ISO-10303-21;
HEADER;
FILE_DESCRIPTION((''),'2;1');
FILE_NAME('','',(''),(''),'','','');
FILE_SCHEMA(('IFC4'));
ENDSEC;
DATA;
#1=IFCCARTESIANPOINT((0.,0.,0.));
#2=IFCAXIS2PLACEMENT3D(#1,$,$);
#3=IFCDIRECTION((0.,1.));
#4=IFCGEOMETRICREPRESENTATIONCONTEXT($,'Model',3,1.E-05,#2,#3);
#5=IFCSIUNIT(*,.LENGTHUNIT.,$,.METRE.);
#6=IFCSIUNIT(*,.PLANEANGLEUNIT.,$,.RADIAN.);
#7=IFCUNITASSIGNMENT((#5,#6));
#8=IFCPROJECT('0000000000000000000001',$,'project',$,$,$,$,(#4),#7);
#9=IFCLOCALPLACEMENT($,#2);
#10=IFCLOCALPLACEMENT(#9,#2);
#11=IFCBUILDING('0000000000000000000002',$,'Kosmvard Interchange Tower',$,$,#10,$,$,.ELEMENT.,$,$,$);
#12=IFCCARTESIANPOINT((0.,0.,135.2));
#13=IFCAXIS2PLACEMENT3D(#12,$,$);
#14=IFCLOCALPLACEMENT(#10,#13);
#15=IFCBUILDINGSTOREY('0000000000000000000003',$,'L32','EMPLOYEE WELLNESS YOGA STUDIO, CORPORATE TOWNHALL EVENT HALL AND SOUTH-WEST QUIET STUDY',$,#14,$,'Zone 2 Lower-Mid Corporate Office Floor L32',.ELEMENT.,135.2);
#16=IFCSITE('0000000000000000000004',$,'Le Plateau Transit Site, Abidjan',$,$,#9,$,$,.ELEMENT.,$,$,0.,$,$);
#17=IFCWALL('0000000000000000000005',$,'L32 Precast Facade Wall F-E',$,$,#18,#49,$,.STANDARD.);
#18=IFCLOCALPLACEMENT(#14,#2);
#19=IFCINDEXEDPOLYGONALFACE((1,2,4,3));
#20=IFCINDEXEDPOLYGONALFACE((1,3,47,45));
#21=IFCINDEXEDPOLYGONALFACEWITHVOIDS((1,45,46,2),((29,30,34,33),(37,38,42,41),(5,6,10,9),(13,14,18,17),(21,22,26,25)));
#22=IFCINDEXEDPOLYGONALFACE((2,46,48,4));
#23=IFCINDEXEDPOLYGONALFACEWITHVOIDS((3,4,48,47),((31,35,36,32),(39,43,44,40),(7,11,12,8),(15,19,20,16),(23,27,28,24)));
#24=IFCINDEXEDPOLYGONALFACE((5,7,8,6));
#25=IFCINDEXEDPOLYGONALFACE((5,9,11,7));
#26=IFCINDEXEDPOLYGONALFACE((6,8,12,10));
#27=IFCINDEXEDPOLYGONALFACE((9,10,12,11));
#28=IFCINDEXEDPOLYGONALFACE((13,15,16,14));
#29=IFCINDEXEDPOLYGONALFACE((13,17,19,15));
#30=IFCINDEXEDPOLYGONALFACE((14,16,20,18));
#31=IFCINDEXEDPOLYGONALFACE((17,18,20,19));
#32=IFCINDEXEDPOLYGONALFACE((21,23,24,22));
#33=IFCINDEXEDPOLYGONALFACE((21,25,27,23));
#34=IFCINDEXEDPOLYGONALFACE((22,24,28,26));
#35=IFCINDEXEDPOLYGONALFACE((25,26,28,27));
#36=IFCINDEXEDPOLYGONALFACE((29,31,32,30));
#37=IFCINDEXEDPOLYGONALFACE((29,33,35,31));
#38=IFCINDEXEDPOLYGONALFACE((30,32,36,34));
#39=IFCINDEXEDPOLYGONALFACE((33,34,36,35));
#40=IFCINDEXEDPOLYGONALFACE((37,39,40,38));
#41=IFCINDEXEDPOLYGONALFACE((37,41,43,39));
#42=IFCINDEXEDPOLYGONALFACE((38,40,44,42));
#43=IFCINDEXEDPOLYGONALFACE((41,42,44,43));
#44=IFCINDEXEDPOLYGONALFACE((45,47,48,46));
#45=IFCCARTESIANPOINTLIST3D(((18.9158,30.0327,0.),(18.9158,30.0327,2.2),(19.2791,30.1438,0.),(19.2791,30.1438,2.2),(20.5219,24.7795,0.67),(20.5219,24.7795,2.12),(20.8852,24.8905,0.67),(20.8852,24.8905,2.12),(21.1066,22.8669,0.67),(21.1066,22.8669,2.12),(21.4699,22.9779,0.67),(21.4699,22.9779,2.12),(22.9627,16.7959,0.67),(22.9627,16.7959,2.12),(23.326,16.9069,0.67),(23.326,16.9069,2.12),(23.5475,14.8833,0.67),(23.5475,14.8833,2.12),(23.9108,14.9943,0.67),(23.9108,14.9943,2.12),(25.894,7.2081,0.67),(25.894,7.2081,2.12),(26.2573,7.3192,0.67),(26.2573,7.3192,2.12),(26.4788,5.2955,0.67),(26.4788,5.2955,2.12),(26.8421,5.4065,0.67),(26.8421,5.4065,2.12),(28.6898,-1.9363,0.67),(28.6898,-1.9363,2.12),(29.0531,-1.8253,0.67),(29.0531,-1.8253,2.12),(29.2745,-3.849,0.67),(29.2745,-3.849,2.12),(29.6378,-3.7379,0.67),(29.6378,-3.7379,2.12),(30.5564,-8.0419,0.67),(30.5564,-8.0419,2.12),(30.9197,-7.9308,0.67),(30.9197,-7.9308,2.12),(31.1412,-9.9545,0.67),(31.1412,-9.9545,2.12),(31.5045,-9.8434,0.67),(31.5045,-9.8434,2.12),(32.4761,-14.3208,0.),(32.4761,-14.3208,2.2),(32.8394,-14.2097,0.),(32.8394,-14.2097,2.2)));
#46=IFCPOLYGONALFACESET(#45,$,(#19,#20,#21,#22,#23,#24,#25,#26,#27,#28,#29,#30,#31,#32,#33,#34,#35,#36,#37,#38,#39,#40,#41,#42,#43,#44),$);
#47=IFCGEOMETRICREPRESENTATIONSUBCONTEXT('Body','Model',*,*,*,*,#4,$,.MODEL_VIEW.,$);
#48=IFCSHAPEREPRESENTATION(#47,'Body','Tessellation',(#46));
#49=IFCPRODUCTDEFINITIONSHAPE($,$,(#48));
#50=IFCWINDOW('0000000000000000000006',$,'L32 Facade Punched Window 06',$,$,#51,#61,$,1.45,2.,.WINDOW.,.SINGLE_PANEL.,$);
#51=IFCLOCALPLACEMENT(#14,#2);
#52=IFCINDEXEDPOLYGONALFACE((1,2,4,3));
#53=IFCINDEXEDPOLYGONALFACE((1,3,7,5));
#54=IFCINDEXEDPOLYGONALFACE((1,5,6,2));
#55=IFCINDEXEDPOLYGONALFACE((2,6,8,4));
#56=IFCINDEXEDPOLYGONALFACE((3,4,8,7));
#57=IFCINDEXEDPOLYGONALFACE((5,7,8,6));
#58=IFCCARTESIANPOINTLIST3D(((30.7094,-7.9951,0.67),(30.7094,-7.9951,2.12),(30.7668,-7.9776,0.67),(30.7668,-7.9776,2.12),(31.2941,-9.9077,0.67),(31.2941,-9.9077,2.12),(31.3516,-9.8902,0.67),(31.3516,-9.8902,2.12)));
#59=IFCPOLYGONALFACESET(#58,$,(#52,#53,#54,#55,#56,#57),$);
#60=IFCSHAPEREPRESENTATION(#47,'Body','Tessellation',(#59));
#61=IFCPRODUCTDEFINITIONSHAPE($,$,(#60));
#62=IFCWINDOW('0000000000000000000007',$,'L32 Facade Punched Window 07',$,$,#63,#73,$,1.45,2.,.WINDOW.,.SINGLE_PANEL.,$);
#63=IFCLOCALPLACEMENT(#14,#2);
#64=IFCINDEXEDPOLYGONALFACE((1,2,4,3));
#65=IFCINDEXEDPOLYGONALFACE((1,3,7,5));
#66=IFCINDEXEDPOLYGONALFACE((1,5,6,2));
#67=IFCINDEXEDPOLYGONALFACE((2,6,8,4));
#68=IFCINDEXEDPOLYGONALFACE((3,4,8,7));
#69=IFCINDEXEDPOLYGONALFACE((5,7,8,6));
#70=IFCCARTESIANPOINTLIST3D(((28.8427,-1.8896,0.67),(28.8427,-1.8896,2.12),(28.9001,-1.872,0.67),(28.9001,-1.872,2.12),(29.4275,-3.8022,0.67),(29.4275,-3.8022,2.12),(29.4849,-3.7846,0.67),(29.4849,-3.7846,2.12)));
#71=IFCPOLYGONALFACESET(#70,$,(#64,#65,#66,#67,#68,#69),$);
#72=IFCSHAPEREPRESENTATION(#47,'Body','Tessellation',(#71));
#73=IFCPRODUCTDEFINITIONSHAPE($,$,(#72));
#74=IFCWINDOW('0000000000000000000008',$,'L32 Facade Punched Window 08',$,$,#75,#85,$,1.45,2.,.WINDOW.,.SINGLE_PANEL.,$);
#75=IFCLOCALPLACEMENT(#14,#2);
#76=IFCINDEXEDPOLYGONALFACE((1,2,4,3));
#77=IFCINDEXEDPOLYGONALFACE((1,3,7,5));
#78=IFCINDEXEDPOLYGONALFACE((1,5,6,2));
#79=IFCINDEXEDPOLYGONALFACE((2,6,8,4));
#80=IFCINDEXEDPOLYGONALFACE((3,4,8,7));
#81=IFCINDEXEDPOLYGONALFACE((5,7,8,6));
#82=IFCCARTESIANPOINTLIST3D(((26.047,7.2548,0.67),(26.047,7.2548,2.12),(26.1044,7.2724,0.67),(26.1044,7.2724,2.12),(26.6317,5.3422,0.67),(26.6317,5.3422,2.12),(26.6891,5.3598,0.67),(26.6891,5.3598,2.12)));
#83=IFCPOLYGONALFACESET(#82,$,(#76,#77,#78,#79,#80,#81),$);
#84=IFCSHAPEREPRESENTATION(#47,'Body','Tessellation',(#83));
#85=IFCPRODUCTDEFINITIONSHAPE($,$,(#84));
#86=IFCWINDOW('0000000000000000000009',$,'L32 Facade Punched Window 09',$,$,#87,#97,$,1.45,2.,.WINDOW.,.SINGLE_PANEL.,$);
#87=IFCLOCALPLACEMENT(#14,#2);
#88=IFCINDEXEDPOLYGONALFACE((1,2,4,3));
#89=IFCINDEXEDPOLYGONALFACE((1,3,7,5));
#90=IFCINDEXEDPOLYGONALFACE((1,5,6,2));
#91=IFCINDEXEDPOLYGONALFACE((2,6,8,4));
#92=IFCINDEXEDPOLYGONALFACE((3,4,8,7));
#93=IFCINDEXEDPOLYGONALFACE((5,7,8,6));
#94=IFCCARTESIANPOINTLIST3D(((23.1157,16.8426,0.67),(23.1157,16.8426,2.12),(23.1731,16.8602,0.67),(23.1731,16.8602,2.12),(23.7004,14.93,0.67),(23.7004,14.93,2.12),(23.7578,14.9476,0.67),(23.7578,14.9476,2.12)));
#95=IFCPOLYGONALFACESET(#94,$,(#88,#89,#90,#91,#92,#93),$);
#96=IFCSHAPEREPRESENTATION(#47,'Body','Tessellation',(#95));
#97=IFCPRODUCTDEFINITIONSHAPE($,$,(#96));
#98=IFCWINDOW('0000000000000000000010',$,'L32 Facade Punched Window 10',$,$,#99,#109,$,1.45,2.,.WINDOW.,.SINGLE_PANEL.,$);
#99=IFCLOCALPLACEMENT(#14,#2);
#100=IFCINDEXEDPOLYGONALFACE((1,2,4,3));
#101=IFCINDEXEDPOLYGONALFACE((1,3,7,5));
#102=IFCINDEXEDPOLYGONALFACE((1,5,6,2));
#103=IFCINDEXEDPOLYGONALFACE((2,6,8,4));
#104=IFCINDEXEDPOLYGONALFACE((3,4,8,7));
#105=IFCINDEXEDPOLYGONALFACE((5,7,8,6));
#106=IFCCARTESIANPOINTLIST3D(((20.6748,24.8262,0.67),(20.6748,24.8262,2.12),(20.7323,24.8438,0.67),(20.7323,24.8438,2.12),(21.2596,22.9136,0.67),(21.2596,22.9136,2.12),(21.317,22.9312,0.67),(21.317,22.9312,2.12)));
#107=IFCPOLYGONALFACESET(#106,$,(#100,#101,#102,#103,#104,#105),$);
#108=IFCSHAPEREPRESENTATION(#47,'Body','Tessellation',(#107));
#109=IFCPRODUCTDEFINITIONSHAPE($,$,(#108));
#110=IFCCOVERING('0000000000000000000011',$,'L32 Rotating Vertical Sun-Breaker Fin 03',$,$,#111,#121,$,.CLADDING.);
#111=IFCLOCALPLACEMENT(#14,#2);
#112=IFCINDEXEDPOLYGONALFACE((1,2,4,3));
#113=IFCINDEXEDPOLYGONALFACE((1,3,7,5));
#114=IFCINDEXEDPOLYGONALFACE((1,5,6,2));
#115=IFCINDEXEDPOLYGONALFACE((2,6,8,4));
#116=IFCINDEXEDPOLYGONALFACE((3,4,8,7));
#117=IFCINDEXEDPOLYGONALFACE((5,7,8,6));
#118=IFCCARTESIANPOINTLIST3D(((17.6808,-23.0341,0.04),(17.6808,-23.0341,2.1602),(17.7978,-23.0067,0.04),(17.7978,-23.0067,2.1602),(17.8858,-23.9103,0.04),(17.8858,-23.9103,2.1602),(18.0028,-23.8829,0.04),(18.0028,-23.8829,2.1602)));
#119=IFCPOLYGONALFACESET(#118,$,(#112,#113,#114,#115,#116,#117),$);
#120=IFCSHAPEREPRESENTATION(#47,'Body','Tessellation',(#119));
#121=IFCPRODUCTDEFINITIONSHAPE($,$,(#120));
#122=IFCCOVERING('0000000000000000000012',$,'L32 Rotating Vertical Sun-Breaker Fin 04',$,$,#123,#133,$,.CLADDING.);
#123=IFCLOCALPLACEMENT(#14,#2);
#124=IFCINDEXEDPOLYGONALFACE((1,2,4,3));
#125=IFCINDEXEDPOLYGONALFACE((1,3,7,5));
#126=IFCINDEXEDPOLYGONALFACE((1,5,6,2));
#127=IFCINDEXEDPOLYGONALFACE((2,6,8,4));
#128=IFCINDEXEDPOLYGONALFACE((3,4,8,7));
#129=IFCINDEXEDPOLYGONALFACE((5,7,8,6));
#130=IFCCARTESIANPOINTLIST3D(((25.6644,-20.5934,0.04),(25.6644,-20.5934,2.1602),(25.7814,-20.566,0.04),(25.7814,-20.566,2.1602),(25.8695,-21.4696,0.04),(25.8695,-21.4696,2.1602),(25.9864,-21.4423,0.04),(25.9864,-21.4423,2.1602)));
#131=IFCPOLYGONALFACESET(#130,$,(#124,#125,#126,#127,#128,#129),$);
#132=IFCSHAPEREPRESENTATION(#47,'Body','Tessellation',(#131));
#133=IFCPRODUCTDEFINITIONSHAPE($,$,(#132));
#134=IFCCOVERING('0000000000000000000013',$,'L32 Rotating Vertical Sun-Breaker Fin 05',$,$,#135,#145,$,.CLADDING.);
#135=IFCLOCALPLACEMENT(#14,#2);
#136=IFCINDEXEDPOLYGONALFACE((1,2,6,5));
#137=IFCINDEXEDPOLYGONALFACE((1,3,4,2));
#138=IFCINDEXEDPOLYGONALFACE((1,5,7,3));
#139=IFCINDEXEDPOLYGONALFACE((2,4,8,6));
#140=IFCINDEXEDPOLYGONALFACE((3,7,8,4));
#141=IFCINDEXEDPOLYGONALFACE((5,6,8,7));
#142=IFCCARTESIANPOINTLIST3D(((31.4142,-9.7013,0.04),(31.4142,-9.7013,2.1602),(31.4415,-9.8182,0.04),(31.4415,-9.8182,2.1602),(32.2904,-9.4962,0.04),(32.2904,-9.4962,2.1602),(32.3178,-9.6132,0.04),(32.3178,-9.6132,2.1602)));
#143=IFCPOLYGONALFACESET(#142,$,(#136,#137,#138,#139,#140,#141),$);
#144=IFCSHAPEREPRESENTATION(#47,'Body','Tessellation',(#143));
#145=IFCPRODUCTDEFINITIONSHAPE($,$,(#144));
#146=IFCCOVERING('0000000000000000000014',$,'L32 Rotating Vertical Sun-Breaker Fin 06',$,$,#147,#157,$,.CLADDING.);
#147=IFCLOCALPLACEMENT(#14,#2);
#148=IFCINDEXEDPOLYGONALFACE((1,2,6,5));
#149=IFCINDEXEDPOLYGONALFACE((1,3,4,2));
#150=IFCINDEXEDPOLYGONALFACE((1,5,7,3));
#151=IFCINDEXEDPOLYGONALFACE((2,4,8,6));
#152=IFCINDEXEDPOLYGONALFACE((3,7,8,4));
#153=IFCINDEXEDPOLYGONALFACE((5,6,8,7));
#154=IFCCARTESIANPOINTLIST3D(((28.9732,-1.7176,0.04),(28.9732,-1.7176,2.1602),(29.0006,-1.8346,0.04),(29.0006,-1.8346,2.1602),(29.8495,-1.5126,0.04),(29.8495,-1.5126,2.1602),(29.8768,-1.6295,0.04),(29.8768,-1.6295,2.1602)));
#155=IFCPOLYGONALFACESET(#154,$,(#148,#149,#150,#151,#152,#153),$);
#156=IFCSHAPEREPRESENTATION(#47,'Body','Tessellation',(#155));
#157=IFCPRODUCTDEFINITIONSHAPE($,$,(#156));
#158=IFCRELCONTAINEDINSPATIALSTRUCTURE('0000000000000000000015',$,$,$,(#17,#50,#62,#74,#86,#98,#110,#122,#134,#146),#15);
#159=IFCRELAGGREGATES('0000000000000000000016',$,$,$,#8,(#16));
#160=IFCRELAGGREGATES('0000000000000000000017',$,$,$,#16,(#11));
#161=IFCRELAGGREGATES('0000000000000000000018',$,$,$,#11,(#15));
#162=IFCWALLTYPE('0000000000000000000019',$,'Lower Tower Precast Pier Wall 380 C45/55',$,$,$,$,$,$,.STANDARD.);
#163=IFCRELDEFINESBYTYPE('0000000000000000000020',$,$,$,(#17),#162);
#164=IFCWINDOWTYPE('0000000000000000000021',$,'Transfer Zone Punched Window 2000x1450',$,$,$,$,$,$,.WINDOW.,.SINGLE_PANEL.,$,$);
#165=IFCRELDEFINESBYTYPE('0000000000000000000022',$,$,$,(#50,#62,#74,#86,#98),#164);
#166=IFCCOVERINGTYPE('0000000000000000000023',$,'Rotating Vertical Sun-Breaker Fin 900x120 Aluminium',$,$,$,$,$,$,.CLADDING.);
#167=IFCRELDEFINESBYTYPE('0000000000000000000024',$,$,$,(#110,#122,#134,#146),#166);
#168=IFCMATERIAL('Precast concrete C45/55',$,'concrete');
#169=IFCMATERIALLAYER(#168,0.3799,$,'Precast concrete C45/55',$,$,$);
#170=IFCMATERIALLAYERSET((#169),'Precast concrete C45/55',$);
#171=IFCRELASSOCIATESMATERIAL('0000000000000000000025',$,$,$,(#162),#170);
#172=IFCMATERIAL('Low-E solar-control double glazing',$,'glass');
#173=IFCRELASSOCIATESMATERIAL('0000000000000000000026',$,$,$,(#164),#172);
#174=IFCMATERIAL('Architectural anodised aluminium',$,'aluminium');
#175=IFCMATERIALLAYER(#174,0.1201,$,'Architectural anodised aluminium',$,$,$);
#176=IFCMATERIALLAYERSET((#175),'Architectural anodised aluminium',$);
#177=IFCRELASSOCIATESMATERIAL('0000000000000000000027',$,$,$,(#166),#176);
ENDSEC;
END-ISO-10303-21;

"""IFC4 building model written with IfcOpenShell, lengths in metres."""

from ifc_helpers import new_model, si_unit, direction, frame, frame_2d, origin, origin_2d, place, context, subcontext, project, spatial, rectangle, extrude, source, transform, mapped, material, layer, layer_set, type_object, element, fill, save


model = new_model("IFC4")

# Units and contexts
model_context = context("Model", 3, precision=1e-05, world=origin(), true_north=direction((0.0, 1.0)))
body_context = subcontext(model_context, "Body", "Model", "MODEL_VIEW")
ifc_project = project(units=[si_unit("LENGTHUNIT", "METRE"), si_unit("PLANEANGLEUNIT", "RADIAN")], contexts=[model_context])

# Site, building, storey
site_placement = place(None, origin())
site = spatial("IfcSite", under=ifc_project, at=site_placement, Name="Le Plateau Transit Site, Abidjan", CompositionType="ELEMENT", RefElevation=0.0)
building_placement = place(site_placement, origin())
building = spatial("IfcBuilding", under=site, at=building_placement, Name="Kosmvard Interchange Tower", CompositionType="ELEMENT")
storey_placement = place(building_placement, frame((0.0, 0.0, 135.2)))
storey = spatial("IfcBuildingStorey", under=building, at=storey_placement, Name="L32", Description="EMPLOYEE WELLNESS YOGA STUDIO, CORPORATE TOWNHALL EVENT HALL AND SOUTH-WEST QUIET STUDY", LongName="Zone 2 Lower-Mid Corporate Office Floor L32", CompositionType="ELEMENT", Elevation=135.2)

# Shared definitions
ifc_material_1 = material(Name="Precast concrete C45/55", Category="concrete")

# Shared definitions
ifc_layer_1 = layer(ifc_material_1, 0.3799, Name="Precast concrete C45/55")
ifc_layer_set_1 = layer_set([ifc_layer_1], Name="Precast concrete C45/55")
wall_type_1 = type_object("IfcWallType", Name="Lower Tower Precast Pier Wall 380 C45/55", PredefinedType="STANDARD", material=ifc_layer_set_1)

# Wall, openings, windows
wall_1_placement = place(storey_placement, frame((32.6577, -14.2651, 0.0), z_axis=(0.0, 0.0, 1.0), x_axis=(-0.292373, 0.956304, 0.0)))
wall_1 = element("IfcWall", 1, at=wall_1_placement, inside=storey, type_object=wall_type_1, Name="L32 Precast Facade Wall F-E", PredefinedType="STANDARD", context=body_context, shape_type="SweptSolid", body=[
    extrude(rectangle(XDim=46.3801, YDim=0.3799, at=frame_2d((23.1899, 0.0))), origin(), (0.0, 0.0, 1.0), 2.2),
])
opening_1_placement = place(wall_1_placement, frame((4.5657, 0.0, 0.6699)))
opening_1 = element("IfcOpeningElement", 2, at=opening_1_placement, cuts=wall_1, PredefinedType="OPENING", context=body_context, shape_type="SweptSolid", body=[
    extrude(rectangle(XDim=2.0, YDim=1.45, at=frame_2d((1.0, 0.7251))), frame((0.0, 0.2, 0.0), z_axis=(0.0, -1.0, 0.0), x_axis=(1.0, 0.0, 0.0)), (0.0, 0.0, 1.0), 0.3999),
])
opening_2_placement = place(wall_1_placement, frame((10.9502, 0.0, 0.6699)))
opening_2 = element("IfcOpeningElement", 3, at=opening_2_placement, cuts=wall_1, PredefinedType="OPENING", context=body_context, shape_type="SweptSolid", body=[
    extrude(rectangle(XDim=2.0, YDim=1.45, at=frame_2d((1.0, 0.7251))), frame((0.0, 0.2, 0.0), z_axis=(0.0, -1.0, 0.0), x_axis=(1.0, 0.0, 0.0)), (0.0, 0.0, 1.0), 0.3999),
])
opening_3_placement = place(wall_1_placement, frame((20.5125, 0.0, 0.6699)))
opening_3 = element("IfcOpeningElement", 4, at=opening_3_placement, cuts=wall_1, PredefinedType="OPENING", context=body_context, shape_type="SweptSolid", body=[
    extrude(rectangle(XDim=2.0, YDim=1.45, at=frame_2d((1.0, 0.7251))), frame((0.0, 0.2, 0.0), z_axis=(0.0, -1.0, 0.0), x_axis=(1.0, 0.0, 0.0)), (0.0, 0.0, 1.0), 0.3999),
])
opening_4_placement = place(wall_1_placement, frame((30.5383, 0.0, 0.6699)))
opening_4 = element("IfcOpeningElement", 5, at=opening_4_placement, cuts=wall_1, PredefinedType="OPENING", context=body_context, shape_type="SweptSolid", body=[
    extrude(rectangle(XDim=2.0, YDim=1.45, at=frame_2d((1.0, 0.7251))), frame((0.0, 0.2, 0.0), z_axis=(0.0, -1.0, 0.0), x_axis=(1.0, 0.0, 0.0)), (0.0, 0.0, 1.0), 0.3999),
])
opening_5_placement = place(wall_1_placement, frame((38.8867, 0.0, 0.6699)))
opening_5 = element("IfcOpeningElement", 6, at=opening_5_placement, cuts=wall_1, PredefinedType="OPENING", context=body_context, shape_type="SweptSolid", body=[
    extrude(rectangle(XDim=2.0, YDim=1.45, at=frame_2d((1.0, 0.7251))), frame((0.0, 0.2, 0.0), z_axis=(0.0, -1.0, 0.0), x_axis=(1.0, 0.0, 0.0)), (0.0, 0.0, 1.0), 0.3999),
])
ifc_material_2 = material(Name="Low-E solar-control double glazing", Category="glass")
window_type = type_object("IfcWindowType", Name="Transfer Zone Punched Window 2000x1450", PartitioningType="SINGLE_PANEL", PredefinedType="WINDOW", material=ifc_material_2)
shared_shape_1 = source(origin(), body_context, "Body", "SweptSolid", [
    extrude(rectangle(XDim=2.0, YDim=1.45, at=frame_2d((1.0, 0.7251))), frame((0.0, 0.03, 0.0), z_axis=(0.0, -1.0, 0.0), x_axis=(1.0, 0.0, 0.0)), (0.0, 0.0, 1.0), 0.0601),
])
window_1_placement = place(opening_1_placement, origin())
window_1 = element("IfcWindow", 7, at=window_1_placement, inside=storey, type_object=window_type, Name="L32 Facade Punched Window 06", OverallHeight=1.45, OverallWidth=2.0, PartitioningType="SINGLE_PANEL", PredefinedType="WINDOW", context=body_context, shape_type="MappedRepresentation", body=[
    mapped(shared_shape_1, transform((0.0, 0.0, 0.0), scale=1.0)),
])
fill(opening_1, window_1)
window_2_placement = place(opening_2_placement, origin())
window_2 = element("IfcWindow", 8, at=window_2_placement, inside=storey, type_object=window_type, Name="L32 Facade Punched Window 07", OverallHeight=1.45, OverallWidth=2.0, PartitioningType="SINGLE_PANEL", PredefinedType="WINDOW", context=body_context, shape_type="MappedRepresentation", body=[
    mapped(shared_shape_1, transform((0.0, 0.0, 0.0), scale=1.0)),
])
fill(opening_2, window_2)
window_3_placement = place(opening_3_placement, origin())
window_3 = element("IfcWindow", 9, at=window_3_placement, inside=storey, type_object=window_type, Name="L32 Facade Punched Window 08", OverallHeight=1.45, OverallWidth=2.0, PartitioningType="SINGLE_PANEL", PredefinedType="WINDOW", context=body_context, shape_type="MappedRepresentation", body=[
    mapped(shared_shape_1, transform((0.0, 0.0, 0.0), scale=1.0)),
])
fill(opening_3, window_3)
window_4_placement = place(opening_4_placement, origin())
window_4 = element("IfcWindow", 10, at=window_4_placement, inside=storey, type_object=window_type, Name="L32 Facade Punched Window 09", OverallHeight=1.45, OverallWidth=2.0, PartitioningType="SINGLE_PANEL", PredefinedType="WINDOW", context=body_context, shape_type="MappedRepresentation", body=[
    mapped(shared_shape_1, transform((0.0, 0.0, 0.0), scale=1.0)),
])
fill(opening_4, window_4)
window_5_placement = place(opening_5_placement, origin())
window_5 = element("IfcWindow", 11, at=window_5_placement, inside=storey, type_object=window_type, Name="L32 Facade Punched Window 10", OverallHeight=1.45, OverallWidth=2.0, PartitioningType="SINGLE_PANEL", PredefinedType="WINDOW", context=body_context, shape_type="MappedRepresentation", body=[
    mapped(shared_shape_1, transform((0.0, 0.0, 0.0), scale=1.0)),
])
fill(opening_5, window_5)

# Coverings
ifc_material_3 = material(Name="Architectural anodised aluminium", Category="aluminium")
ifc_layer_2 = layer(ifc_material_3, 0.1201, Name="Architectural anodised aluminium")
ifc_layer_set_2 = layer_set([ifc_layer_2], Name="Architectural anodised aluminium")
covering_type = type_object("IfcCoveringType", Name="Rotating Vertical Sun-Breaker Fin 900x120 Aluminium", PredefinedType="CLADDING", material=ifc_layer_set_2)
shared_shape_2 = source(origin(), body_context, "Body", "SweptSolid", [
    extrude(rectangle(XDim=0.8999, YDim=0.1201, at=origin_2d()), origin(), (0.0, 0.0, 1.0), 2.1201),
])
for number, where, z_axis, x_axis, name in (
    (12, (17.8418, -23.4585, 0.04), (0.0, 0.0, 1.0), (0.227841, -0.973698, 0.0), "L32 Rotating Vertical Sun-Breaker Fin 03"),
    (13, (25.8254, -21.0178, 0.04), (0.0, 0.0, 1.0), (0.227841, -0.973698, 0.0), "L32 Rotating Vertical Sun-Breaker Fin 04"),
    (14, (31.866, -9.6572, 0.04), (0.0, 0.0, 1.0), (0.973698, 0.227841, 0.0), "L32 Rotating Vertical Sun-Breaker Fin 05"),
    (15, (29.425, -1.6736, 0.04), (0.0, 0.0, 1.0), (0.973698, 0.227841, 0.0), "L32 Rotating Vertical Sun-Breaker Fin 06"),
):
    element("IfcCovering", number, at=place(storey_placement, frame(where, z_axis=z_axis, x_axis=x_axis)), inside=storey, type_object=covering_type, Name=name, PredefinedType="CLADDING", context=body_context, shape_type="MappedRepresentation", body=[
        mapped(shared_shape_2, transform((0.0, 0.0, 0.0), scale=1.0)),
    ])

save(model, "model.ifc")
